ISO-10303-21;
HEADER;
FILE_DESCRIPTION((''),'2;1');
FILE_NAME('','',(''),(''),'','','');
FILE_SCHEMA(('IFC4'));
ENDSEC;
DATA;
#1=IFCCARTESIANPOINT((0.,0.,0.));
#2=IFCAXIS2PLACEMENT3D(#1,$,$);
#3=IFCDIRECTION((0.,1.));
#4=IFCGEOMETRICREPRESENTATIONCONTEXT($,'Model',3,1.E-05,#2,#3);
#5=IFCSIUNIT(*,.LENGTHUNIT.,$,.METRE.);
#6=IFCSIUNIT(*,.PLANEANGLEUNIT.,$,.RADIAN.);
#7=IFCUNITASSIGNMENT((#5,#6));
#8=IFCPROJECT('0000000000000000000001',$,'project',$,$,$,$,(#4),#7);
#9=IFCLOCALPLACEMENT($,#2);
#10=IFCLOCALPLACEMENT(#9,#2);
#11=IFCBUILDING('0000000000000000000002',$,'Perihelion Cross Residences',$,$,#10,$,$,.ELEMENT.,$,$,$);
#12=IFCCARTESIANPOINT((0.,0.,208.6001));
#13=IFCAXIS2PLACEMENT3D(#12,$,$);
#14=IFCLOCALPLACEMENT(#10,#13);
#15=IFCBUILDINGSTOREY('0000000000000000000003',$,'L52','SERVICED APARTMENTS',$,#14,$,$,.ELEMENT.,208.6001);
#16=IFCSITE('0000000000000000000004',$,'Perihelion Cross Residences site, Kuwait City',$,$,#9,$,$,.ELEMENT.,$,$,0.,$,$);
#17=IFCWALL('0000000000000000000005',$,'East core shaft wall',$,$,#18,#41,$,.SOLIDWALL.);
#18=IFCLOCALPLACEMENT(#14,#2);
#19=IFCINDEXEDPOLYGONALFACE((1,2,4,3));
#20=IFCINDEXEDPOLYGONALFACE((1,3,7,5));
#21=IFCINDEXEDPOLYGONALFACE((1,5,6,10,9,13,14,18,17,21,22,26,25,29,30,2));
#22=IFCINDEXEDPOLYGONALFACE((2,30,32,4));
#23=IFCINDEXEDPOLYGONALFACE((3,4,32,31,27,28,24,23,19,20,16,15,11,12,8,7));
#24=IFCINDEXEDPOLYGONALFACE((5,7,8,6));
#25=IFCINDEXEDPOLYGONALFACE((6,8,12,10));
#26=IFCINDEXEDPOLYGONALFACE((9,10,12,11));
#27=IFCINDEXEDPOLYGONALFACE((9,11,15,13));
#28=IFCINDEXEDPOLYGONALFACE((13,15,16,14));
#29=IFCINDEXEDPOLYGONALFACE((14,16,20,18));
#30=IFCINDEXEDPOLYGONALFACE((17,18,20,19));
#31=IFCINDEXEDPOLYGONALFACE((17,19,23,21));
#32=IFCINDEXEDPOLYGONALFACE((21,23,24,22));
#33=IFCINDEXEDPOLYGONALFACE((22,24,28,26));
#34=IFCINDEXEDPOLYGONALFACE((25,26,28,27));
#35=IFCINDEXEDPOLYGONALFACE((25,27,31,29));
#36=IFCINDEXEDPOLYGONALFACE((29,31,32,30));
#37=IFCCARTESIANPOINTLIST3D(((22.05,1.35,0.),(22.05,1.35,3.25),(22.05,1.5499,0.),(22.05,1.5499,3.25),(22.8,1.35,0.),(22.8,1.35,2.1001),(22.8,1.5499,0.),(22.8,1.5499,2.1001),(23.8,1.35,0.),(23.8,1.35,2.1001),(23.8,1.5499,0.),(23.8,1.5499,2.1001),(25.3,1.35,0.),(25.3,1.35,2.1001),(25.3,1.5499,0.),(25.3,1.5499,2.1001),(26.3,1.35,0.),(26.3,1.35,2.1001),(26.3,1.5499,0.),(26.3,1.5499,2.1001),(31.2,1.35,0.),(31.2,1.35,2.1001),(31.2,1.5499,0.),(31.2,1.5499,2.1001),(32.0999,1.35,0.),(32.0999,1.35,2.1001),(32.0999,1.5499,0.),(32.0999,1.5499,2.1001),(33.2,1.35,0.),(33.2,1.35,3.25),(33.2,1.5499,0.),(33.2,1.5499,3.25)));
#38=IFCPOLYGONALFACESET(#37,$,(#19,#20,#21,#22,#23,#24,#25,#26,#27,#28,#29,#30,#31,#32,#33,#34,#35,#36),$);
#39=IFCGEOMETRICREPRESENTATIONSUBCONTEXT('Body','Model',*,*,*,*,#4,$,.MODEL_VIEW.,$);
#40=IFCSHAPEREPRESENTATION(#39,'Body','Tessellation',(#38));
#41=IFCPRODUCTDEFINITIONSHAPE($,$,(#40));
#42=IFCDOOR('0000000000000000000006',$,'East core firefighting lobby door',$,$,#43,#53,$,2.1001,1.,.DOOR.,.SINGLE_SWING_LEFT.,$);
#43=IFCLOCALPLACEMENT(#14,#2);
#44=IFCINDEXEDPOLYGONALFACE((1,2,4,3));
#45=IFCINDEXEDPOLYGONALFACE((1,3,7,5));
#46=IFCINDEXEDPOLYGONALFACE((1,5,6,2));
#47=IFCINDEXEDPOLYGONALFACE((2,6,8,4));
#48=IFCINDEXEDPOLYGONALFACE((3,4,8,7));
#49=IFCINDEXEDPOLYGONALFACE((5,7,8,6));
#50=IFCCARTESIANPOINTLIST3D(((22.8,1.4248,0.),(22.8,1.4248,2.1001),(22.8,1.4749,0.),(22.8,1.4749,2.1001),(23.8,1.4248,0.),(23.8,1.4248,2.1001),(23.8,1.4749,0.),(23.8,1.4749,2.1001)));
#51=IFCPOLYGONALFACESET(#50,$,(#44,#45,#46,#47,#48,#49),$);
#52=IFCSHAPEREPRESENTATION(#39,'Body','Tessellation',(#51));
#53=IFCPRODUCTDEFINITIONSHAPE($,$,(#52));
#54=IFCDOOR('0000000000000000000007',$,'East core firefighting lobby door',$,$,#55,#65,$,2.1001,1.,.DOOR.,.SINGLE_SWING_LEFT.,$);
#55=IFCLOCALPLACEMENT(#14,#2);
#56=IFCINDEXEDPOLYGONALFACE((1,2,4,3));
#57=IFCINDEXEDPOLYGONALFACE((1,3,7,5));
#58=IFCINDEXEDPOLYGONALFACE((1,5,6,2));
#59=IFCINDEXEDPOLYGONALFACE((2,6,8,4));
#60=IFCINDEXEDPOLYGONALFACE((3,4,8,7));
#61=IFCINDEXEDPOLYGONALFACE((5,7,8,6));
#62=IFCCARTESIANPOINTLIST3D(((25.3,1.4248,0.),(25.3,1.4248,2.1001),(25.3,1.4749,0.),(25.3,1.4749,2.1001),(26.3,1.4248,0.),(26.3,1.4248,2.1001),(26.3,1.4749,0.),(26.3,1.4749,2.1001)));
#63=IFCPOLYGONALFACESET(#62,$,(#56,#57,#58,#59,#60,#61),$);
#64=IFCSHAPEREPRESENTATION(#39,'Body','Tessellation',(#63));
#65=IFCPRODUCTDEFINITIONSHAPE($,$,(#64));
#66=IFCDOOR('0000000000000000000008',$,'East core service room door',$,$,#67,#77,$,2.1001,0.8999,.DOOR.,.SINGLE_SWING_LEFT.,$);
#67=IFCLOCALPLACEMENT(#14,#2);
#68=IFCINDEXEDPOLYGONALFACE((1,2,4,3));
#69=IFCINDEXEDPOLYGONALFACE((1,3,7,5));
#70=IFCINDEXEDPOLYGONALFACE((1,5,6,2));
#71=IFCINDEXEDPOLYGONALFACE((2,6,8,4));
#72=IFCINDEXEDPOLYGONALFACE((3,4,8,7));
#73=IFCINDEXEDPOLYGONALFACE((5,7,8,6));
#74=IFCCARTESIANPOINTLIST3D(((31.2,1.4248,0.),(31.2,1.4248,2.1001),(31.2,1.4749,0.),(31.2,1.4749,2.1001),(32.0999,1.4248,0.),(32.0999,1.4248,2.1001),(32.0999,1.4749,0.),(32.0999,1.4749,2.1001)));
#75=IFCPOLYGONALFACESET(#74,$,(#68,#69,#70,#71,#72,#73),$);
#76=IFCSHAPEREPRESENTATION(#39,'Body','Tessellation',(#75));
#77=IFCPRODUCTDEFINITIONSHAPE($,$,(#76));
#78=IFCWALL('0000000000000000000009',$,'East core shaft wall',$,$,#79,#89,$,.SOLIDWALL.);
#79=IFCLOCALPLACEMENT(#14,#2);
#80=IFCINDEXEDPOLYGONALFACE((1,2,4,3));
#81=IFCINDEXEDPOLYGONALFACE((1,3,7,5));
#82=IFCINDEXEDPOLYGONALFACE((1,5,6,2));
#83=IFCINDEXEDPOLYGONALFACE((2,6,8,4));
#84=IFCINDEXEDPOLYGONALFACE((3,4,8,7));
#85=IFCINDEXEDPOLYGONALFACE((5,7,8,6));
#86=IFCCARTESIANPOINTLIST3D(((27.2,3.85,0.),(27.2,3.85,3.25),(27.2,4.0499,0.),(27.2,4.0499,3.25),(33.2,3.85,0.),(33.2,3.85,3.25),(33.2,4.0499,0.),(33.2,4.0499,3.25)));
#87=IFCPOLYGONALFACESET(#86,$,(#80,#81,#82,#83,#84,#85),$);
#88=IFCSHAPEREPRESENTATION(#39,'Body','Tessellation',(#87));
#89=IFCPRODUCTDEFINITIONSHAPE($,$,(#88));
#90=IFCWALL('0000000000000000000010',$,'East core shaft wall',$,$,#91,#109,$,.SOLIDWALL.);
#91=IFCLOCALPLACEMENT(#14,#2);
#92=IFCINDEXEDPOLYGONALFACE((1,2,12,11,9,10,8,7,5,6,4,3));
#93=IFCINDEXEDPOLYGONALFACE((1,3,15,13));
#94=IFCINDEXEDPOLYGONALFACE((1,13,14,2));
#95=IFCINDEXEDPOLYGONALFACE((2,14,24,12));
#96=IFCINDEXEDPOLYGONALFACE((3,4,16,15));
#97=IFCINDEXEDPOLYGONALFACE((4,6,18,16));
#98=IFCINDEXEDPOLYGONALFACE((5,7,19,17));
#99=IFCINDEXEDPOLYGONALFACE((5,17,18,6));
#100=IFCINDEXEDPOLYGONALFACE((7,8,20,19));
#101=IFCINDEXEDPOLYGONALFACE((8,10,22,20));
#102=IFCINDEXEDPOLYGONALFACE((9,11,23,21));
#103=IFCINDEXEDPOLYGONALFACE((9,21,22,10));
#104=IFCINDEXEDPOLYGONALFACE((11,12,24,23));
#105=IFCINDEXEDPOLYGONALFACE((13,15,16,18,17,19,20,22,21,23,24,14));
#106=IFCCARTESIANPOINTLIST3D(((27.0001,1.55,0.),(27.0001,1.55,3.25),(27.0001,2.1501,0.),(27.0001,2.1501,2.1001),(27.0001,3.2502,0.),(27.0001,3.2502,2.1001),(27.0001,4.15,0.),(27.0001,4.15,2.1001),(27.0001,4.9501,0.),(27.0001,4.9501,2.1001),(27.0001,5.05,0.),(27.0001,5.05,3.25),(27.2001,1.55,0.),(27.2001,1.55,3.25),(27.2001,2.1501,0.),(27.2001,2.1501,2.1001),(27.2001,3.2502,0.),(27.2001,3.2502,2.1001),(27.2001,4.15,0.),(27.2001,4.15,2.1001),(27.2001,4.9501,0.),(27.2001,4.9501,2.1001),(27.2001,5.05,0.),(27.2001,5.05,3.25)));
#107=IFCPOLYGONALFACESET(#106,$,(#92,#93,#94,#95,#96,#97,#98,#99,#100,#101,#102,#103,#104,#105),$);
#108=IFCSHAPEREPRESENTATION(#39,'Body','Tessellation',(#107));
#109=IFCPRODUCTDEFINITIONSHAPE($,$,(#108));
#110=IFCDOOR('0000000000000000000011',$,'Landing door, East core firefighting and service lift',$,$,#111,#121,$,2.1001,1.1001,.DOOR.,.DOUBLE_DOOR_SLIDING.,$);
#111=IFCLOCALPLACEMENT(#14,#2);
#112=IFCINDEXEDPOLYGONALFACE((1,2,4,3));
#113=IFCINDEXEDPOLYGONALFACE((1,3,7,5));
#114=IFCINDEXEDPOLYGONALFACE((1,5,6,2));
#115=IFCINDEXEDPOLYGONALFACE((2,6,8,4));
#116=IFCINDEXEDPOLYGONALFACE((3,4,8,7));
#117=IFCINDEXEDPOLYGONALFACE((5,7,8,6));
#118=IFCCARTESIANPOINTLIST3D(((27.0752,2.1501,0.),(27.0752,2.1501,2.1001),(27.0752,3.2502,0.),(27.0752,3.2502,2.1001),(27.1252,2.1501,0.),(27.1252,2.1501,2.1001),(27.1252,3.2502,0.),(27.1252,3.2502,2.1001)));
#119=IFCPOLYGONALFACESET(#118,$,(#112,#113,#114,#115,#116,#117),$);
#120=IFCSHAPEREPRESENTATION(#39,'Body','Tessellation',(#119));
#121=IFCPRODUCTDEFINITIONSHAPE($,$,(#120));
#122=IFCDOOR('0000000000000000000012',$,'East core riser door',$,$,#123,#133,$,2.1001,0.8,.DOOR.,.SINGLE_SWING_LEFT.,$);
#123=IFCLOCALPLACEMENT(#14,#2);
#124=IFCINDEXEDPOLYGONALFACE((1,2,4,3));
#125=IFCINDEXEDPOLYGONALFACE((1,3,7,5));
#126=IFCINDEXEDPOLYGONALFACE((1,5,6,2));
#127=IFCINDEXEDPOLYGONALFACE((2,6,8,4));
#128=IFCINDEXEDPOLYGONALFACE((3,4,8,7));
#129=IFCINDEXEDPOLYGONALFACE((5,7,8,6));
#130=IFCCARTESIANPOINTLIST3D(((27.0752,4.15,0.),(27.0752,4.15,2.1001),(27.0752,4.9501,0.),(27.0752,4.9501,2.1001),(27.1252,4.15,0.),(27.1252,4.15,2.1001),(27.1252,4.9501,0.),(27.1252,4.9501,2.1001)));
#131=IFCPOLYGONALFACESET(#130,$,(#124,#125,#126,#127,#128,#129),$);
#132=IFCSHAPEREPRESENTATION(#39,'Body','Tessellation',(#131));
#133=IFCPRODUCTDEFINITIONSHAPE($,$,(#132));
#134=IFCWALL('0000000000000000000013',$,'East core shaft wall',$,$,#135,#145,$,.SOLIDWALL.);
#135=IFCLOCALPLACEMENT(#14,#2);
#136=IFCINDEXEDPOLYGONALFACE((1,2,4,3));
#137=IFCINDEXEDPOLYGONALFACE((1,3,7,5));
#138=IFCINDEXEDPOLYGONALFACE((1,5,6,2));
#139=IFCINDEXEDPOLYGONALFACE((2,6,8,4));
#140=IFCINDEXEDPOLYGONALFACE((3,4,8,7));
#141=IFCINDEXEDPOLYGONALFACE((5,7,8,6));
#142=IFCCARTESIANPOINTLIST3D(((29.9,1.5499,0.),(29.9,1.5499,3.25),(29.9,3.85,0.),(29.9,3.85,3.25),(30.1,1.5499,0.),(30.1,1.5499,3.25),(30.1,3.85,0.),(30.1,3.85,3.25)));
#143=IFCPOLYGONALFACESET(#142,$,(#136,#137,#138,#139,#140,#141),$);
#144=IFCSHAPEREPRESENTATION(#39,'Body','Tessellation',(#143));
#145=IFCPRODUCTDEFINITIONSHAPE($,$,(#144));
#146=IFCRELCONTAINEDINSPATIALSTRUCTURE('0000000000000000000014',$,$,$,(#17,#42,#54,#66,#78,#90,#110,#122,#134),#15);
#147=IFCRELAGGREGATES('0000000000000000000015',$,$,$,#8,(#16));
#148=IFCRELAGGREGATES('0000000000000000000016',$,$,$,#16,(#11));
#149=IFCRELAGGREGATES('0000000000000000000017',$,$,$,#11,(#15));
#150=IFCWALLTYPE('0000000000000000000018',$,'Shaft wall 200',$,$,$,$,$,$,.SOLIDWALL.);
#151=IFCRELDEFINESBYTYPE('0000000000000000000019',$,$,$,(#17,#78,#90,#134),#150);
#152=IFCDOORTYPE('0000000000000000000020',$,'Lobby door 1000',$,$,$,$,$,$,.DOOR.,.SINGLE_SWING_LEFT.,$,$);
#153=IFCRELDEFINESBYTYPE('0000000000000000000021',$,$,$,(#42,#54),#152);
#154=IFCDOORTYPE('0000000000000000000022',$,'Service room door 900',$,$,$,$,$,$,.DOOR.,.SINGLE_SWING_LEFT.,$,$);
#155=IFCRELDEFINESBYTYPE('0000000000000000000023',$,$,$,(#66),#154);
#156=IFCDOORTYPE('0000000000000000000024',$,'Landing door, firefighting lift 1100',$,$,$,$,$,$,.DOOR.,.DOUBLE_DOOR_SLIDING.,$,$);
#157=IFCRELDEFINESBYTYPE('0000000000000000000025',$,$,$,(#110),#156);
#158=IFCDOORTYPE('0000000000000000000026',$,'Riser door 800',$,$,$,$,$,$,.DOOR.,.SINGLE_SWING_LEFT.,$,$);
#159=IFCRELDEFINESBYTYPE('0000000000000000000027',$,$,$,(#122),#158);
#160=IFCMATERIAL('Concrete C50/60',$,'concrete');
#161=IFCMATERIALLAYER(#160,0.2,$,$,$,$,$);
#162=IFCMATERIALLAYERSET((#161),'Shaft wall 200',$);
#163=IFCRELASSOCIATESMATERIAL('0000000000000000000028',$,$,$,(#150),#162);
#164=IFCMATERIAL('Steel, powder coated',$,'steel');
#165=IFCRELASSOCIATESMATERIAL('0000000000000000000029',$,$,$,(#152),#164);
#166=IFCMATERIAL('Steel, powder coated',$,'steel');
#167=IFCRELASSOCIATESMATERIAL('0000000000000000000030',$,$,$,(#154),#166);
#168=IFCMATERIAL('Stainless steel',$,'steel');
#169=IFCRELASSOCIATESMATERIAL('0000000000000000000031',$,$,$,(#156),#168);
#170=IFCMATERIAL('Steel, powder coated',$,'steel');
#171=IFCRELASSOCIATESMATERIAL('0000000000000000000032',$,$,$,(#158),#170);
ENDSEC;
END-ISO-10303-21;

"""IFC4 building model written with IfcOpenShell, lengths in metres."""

from ifc_helpers import new_model, si_unit, direction, frame, frame_2d, origin, place, context, subcontext, project, spatial, rectangle, extrude, material, layer, layer_set, type_object, element, fill, save


model = new_model("IFC4")

# Units and contexts
model_context = context("Model", 3, precision=1e-05, world=origin(), true_north=direction((0.0, 1.0)))
body_context = subcontext(model_context, "Body", "Model", "MODEL_VIEW")
ifc_project = project(units=[si_unit("LENGTHUNIT", "METRE"), si_unit("PLANEANGLEUNIT", "RADIAN")], contexts=[model_context])

# Site, building, storey
site_placement = place(None, origin())
site = spatial("IfcSite", under=ifc_project, at=site_placement, Name="Perihelion Cross Residences site, Kuwait City", CompositionType="ELEMENT", RefElevation=0.0)
building_placement = place(site_placement, origin())
building = spatial("IfcBuilding", under=site, at=building_placement, Name="Perihelion Cross Residences", CompositionType="ELEMENT")
storey_placement = place(building_placement, frame((0.0, 0.0, 208.6001)))
storey = spatial("IfcBuildingStorey", under=building, at=storey_placement, Name="L52", Description="SERVICED APARTMENTS", CompositionType="ELEMENT", Elevation=208.6001)

# Wall, openings, doors
ifc_material_1 = material(Name="Concrete C50/60", Category="concrete")
ifc_layer_1 = layer(ifc_material_1, 0.2)
ifc_layer_set_1 = layer_set([ifc_layer_1], Name="Shaft wall 200")
wall_type_1 = type_object("IfcWallType", Name="Shaft wall 200", PredefinedType="SOLIDWALL", material=ifc_layer_set_1)
wall_1_placement = place(storey_placement, frame((22.05, 1.45, 0.0), z_axis=(0.0, 0.0, 1.0), x_axis=(1.0, 0.0, 0.0)))
wall_1 = element("IfcWall", 1, at=wall_1_placement, inside=storey, type_object=wall_type_1, Name="East core shaft wall", PredefinedType="SOLIDWALL", context=body_context, shape_type="SweptSolid", body=[
    extrude(rectangle(XDim=11.1499, YDim=0.2, at=frame_2d((5.575, 0.0))), origin(), (0.0, 0.0, 1.0), 3.25),
])
opening_1_placement = place(wall_1_placement, frame((0.75, 0.0, 0.0)))
opening_1 = element("IfcOpeningElement", 2, at=opening_1_placement, cuts=wall_1, PredefinedType="OPENING", context=body_context, shape_type="SweptSolid", body=[
    extrude(rectangle(XDim=1.0, YDim=2.1001, at=frame_2d((0.5, 1.05))), frame((0.0, 0.1099, 0.0), z_axis=(0.0, -1.0, 0.0), x_axis=(1.0, 0.0, 0.0)), (0.0, 0.0, 1.0), 0.22),
])
opening_2_placement = place(wall_1_placement, frame((3.25, 0.0, 0.0)))
opening_2 = element("IfcOpeningElement", 3, at=opening_2_placement, cuts=wall_1, PredefinedType="OPENING", context=body_context, shape_type="SweptSolid", body=[
    extrude(rectangle(XDim=1.0, YDim=2.1001, at=frame_2d((0.5, 1.05))), frame((0.0, 0.1099, 0.0), z_axis=(0.0, -1.0, 0.0), x_axis=(1.0, 0.0, 0.0)), (0.0, 0.0, 1.0), 0.22),
])
opening_3_placement = place(wall_1_placement, frame((9.1499, 0.0, 0.0)))
opening_3 = element("IfcOpeningElement", 4, at=opening_3_placement, cuts=wall_1, PredefinedType="OPENING", context=body_context, shape_type="SweptSolid", body=[
    extrude(rectangle(XDim=0.8999, YDim=2.1001, at=frame_2d((0.45, 1.05))), frame((0.0, 0.1099, 0.0), z_axis=(0.0, -1.0, 0.0), x_axis=(1.0, 0.0, 0.0)), (0.0, 0.0, 1.0), 0.22),
])
ifc_material_2 = material(Name="Steel, powder coated", Category="steel")
door_type_1 = type_object("IfcDoorType", Name="Lobby door 1000", OperationType="SINGLE_SWING_LEFT", PredefinedType="DOOR", material=ifc_material_2)
door_1_placement = place(opening_1_placement, origin())
door_1 = element("IfcDoor", 5, at=door_1_placement, inside=storey, type_object=door_type_1, Name="East core firefighting lobby door", OperationType="SINGLE_SWING_LEFT", OverallHeight=2.1001, OverallWidth=1.0, PredefinedType="DOOR", context=body_context, shape_type="SweptSolid", body=[
    extrude(rectangle(XDim=1.0, YDim=2.1001, at=frame_2d((0.5, 1.05))), frame((0.0, 0.0249, 0.0), z_axis=(0.0, -1.0, 0.0), x_axis=(1.0, 0.0, 0.0)), (0.0, 0.0, 1.0), 0.05),
])
fill(opening_1, door_1)
door_2_placement = place(opening_2_placement, origin())
door_2 = element("IfcDoor", 6, at=door_2_placement, inside=storey, type_object=door_type_1, Name="East core firefighting lobby door", OperationType="SINGLE_SWING_LEFT", OverallHeight=2.1001, OverallWidth=1.0, PredefinedType="DOOR", context=body_context, shape_type="SweptSolid", body=[
    extrude(rectangle(XDim=1.0, YDim=2.1001, at=frame_2d((0.5, 1.05))), frame((0.0, 0.0249, 0.0), z_axis=(0.0, -1.0, 0.0), x_axis=(1.0, 0.0, 0.0)), (0.0, 0.0, 1.0), 0.05),
])
fill(opening_2, door_2)
ifc_material_3 = material(Name="Steel, powder coated", Category="steel")
door_type_2 = type_object("IfcDoorType", Name="Service room door 900", OperationType="SINGLE_SWING_LEFT", PredefinedType="DOOR", material=ifc_material_3)
door_3_placement = place(opening_3_placement, origin())
door_3 = element("IfcDoor", 7, at=door_3_placement, inside=storey, type_object=door_type_2, Name="East core service room door", OperationType="SINGLE_SWING_LEFT", OverallHeight=2.1001, OverallWidth=0.8999, PredefinedType="DOOR", context=body_context, shape_type="SweptSolid", body=[
    extrude(rectangle(XDim=0.8999, YDim=2.1001, at=frame_2d((0.45, 1.05))), frame((0.0, 0.0249, 0.0), z_axis=(0.0, -1.0, 0.0), x_axis=(1.0, 0.0, 0.0)), (0.0, 0.0, 1.0), 0.05),
])
fill(opening_3, door_3)

# Wall
wall_2_placement = place(storey_placement, frame((27.2, 3.95, 0.0), z_axis=(0.0, 0.0, 1.0), x_axis=(1.0, 0.0, 0.0)))
element("IfcWall", 8, at=wall_2_placement, inside=storey, type_object=wall_type_1, Name="East core shaft wall", PredefinedType="SOLIDWALL", context=body_context, shape_type="SweptSolid", body=[
    extrude(rectangle(XDim=6.0, YDim=0.2, at=frame_2d((3.0, 0.0))), origin(), (0.0, 0.0, 1.0), 3.25),
])

# Wall, openings, doors
wall_3_placement = place(storey_placement, frame((27.1001, 1.55, 0.0), z_axis=(0.0, 0.0, 1.0), x_axis=(0.0, 1.0, 0.0)))
wall_3 = element("IfcWall", 9, at=wall_3_placement, inside=storey, type_object=wall_type_1, Name="East core shaft wall", PredefinedType="SOLIDWALL", context=body_context, shape_type="SweptSolid", body=[
    extrude(rectangle(XDim=3.5, YDim=0.2, at=frame_2d((1.75, 0.0))), origin(), (0.0, 0.0, 1.0), 3.25),
])
opening_4_placement = place(wall_3_placement, frame((0.6001, 0.0, 0.0)))
opening_4 = element("IfcOpeningElement", 10, at=opening_4_placement, cuts=wall_3, PredefinedType="OPENING", context=body_context, shape_type="SweptSolid", body=[
    extrude(rectangle(XDim=1.1001, YDim=2.1001, at=frame_2d((0.55, 1.05))), frame((0.0, 0.1099, 0.0), z_axis=(0.0, -1.0, 0.0), x_axis=(1.0, 0.0, 0.0)), (0.0, 0.0, 1.0), 0.22),
])
opening_5_placement = place(wall_3_placement, frame((2.6001, 0.0, 0.0)))
opening_5 = element("IfcOpeningElement", 11, at=opening_5_placement, cuts=wall_3, PredefinedType="OPENING", context=body_context, shape_type="SweptSolid", body=[
    extrude(rectangle(XDim=0.8, YDim=2.1001, at=frame_2d((0.3999, 1.05))), frame((0.0, 0.1099, 0.0), z_axis=(0.0, -1.0, 0.0), x_axis=(1.0, 0.0, 0.0)), (0.0, 0.0, 1.0), 0.22),
])
ifc_material_4 = material(Name="Stainless steel", Category="steel")
door_type_3 = type_object("IfcDoorType", Name="Landing door, firefighting lift 1100", OperationType="DOUBLE_DOOR_SLIDING", PredefinedType="DOOR", material=ifc_material_4)
door_4_placement = place(opening_4_placement, origin())
door_4 = element("IfcDoor", 12, at=door_4_placement, inside=storey, type_object=door_type_3, Name="Landing door, East core firefighting and service lift", OperationType="DOUBLE_DOOR_SLIDING", OverallHeight=2.1001, OverallWidth=1.1001, PredefinedType="DOOR", context=body_context, shape_type="SweptSolid", body=[
    extrude(rectangle(XDim=1.1001, YDim=2.1001, at=frame_2d((0.55, 1.05))), frame((0.0, 0.0249, 0.0), z_axis=(0.0, -1.0, 0.0), x_axis=(1.0, 0.0, 0.0)), (0.0, 0.0, 1.0), 0.05),
])
fill(opening_4, door_4)
ifc_material_5 = material(Name="Steel, powder coated", Category="steel")
door_type_4 = type_object("IfcDoorType", Name="Riser door 800", OperationType="SINGLE_SWING_LEFT", PredefinedType="DOOR", material=ifc_material_5)
door_5_placement = place(opening_5_placement, origin())
door_5 = element("IfcDoor", 13, at=door_5_placement, inside=storey, type_object=door_type_4, Name="East core riser door", OperationType="SINGLE_SWING_LEFT", OverallHeight=2.1001, OverallWidth=0.8, PredefinedType="DOOR", context=body_context, shape_type="SweptSolid", body=[
    extrude(rectangle(XDim=0.8, YDim=2.1001, at=frame_2d((0.3999, 1.05))), frame((0.0, 0.0249, 0.0), z_axis=(0.0, -1.0, 0.0), x_axis=(1.0, 0.0, 0.0)), (0.0, 0.0, 1.0), 0.05),
])
fill(opening_5, door_5)

# Wall
wall_4_placement = place(storey_placement, frame((30.0, 1.55, 0.0), z_axis=(0.0, 0.0, 1.0), x_axis=(0.0, 1.0, 0.0)))
element("IfcWall", 14, at=wall_4_placement, inside=storey, type_object=wall_type_1, Name="East core shaft wall", PredefinedType="SOLIDWALL", context=body_context, shape_type="SweptSolid", body=[
    extrude(rectangle(XDim=2.3, YDim=0.2, at=frame_2d((1.1499, 0.0))), origin(), (0.0, 0.0, 1.0), 3.25),
])

save(model, "model.ifc")
